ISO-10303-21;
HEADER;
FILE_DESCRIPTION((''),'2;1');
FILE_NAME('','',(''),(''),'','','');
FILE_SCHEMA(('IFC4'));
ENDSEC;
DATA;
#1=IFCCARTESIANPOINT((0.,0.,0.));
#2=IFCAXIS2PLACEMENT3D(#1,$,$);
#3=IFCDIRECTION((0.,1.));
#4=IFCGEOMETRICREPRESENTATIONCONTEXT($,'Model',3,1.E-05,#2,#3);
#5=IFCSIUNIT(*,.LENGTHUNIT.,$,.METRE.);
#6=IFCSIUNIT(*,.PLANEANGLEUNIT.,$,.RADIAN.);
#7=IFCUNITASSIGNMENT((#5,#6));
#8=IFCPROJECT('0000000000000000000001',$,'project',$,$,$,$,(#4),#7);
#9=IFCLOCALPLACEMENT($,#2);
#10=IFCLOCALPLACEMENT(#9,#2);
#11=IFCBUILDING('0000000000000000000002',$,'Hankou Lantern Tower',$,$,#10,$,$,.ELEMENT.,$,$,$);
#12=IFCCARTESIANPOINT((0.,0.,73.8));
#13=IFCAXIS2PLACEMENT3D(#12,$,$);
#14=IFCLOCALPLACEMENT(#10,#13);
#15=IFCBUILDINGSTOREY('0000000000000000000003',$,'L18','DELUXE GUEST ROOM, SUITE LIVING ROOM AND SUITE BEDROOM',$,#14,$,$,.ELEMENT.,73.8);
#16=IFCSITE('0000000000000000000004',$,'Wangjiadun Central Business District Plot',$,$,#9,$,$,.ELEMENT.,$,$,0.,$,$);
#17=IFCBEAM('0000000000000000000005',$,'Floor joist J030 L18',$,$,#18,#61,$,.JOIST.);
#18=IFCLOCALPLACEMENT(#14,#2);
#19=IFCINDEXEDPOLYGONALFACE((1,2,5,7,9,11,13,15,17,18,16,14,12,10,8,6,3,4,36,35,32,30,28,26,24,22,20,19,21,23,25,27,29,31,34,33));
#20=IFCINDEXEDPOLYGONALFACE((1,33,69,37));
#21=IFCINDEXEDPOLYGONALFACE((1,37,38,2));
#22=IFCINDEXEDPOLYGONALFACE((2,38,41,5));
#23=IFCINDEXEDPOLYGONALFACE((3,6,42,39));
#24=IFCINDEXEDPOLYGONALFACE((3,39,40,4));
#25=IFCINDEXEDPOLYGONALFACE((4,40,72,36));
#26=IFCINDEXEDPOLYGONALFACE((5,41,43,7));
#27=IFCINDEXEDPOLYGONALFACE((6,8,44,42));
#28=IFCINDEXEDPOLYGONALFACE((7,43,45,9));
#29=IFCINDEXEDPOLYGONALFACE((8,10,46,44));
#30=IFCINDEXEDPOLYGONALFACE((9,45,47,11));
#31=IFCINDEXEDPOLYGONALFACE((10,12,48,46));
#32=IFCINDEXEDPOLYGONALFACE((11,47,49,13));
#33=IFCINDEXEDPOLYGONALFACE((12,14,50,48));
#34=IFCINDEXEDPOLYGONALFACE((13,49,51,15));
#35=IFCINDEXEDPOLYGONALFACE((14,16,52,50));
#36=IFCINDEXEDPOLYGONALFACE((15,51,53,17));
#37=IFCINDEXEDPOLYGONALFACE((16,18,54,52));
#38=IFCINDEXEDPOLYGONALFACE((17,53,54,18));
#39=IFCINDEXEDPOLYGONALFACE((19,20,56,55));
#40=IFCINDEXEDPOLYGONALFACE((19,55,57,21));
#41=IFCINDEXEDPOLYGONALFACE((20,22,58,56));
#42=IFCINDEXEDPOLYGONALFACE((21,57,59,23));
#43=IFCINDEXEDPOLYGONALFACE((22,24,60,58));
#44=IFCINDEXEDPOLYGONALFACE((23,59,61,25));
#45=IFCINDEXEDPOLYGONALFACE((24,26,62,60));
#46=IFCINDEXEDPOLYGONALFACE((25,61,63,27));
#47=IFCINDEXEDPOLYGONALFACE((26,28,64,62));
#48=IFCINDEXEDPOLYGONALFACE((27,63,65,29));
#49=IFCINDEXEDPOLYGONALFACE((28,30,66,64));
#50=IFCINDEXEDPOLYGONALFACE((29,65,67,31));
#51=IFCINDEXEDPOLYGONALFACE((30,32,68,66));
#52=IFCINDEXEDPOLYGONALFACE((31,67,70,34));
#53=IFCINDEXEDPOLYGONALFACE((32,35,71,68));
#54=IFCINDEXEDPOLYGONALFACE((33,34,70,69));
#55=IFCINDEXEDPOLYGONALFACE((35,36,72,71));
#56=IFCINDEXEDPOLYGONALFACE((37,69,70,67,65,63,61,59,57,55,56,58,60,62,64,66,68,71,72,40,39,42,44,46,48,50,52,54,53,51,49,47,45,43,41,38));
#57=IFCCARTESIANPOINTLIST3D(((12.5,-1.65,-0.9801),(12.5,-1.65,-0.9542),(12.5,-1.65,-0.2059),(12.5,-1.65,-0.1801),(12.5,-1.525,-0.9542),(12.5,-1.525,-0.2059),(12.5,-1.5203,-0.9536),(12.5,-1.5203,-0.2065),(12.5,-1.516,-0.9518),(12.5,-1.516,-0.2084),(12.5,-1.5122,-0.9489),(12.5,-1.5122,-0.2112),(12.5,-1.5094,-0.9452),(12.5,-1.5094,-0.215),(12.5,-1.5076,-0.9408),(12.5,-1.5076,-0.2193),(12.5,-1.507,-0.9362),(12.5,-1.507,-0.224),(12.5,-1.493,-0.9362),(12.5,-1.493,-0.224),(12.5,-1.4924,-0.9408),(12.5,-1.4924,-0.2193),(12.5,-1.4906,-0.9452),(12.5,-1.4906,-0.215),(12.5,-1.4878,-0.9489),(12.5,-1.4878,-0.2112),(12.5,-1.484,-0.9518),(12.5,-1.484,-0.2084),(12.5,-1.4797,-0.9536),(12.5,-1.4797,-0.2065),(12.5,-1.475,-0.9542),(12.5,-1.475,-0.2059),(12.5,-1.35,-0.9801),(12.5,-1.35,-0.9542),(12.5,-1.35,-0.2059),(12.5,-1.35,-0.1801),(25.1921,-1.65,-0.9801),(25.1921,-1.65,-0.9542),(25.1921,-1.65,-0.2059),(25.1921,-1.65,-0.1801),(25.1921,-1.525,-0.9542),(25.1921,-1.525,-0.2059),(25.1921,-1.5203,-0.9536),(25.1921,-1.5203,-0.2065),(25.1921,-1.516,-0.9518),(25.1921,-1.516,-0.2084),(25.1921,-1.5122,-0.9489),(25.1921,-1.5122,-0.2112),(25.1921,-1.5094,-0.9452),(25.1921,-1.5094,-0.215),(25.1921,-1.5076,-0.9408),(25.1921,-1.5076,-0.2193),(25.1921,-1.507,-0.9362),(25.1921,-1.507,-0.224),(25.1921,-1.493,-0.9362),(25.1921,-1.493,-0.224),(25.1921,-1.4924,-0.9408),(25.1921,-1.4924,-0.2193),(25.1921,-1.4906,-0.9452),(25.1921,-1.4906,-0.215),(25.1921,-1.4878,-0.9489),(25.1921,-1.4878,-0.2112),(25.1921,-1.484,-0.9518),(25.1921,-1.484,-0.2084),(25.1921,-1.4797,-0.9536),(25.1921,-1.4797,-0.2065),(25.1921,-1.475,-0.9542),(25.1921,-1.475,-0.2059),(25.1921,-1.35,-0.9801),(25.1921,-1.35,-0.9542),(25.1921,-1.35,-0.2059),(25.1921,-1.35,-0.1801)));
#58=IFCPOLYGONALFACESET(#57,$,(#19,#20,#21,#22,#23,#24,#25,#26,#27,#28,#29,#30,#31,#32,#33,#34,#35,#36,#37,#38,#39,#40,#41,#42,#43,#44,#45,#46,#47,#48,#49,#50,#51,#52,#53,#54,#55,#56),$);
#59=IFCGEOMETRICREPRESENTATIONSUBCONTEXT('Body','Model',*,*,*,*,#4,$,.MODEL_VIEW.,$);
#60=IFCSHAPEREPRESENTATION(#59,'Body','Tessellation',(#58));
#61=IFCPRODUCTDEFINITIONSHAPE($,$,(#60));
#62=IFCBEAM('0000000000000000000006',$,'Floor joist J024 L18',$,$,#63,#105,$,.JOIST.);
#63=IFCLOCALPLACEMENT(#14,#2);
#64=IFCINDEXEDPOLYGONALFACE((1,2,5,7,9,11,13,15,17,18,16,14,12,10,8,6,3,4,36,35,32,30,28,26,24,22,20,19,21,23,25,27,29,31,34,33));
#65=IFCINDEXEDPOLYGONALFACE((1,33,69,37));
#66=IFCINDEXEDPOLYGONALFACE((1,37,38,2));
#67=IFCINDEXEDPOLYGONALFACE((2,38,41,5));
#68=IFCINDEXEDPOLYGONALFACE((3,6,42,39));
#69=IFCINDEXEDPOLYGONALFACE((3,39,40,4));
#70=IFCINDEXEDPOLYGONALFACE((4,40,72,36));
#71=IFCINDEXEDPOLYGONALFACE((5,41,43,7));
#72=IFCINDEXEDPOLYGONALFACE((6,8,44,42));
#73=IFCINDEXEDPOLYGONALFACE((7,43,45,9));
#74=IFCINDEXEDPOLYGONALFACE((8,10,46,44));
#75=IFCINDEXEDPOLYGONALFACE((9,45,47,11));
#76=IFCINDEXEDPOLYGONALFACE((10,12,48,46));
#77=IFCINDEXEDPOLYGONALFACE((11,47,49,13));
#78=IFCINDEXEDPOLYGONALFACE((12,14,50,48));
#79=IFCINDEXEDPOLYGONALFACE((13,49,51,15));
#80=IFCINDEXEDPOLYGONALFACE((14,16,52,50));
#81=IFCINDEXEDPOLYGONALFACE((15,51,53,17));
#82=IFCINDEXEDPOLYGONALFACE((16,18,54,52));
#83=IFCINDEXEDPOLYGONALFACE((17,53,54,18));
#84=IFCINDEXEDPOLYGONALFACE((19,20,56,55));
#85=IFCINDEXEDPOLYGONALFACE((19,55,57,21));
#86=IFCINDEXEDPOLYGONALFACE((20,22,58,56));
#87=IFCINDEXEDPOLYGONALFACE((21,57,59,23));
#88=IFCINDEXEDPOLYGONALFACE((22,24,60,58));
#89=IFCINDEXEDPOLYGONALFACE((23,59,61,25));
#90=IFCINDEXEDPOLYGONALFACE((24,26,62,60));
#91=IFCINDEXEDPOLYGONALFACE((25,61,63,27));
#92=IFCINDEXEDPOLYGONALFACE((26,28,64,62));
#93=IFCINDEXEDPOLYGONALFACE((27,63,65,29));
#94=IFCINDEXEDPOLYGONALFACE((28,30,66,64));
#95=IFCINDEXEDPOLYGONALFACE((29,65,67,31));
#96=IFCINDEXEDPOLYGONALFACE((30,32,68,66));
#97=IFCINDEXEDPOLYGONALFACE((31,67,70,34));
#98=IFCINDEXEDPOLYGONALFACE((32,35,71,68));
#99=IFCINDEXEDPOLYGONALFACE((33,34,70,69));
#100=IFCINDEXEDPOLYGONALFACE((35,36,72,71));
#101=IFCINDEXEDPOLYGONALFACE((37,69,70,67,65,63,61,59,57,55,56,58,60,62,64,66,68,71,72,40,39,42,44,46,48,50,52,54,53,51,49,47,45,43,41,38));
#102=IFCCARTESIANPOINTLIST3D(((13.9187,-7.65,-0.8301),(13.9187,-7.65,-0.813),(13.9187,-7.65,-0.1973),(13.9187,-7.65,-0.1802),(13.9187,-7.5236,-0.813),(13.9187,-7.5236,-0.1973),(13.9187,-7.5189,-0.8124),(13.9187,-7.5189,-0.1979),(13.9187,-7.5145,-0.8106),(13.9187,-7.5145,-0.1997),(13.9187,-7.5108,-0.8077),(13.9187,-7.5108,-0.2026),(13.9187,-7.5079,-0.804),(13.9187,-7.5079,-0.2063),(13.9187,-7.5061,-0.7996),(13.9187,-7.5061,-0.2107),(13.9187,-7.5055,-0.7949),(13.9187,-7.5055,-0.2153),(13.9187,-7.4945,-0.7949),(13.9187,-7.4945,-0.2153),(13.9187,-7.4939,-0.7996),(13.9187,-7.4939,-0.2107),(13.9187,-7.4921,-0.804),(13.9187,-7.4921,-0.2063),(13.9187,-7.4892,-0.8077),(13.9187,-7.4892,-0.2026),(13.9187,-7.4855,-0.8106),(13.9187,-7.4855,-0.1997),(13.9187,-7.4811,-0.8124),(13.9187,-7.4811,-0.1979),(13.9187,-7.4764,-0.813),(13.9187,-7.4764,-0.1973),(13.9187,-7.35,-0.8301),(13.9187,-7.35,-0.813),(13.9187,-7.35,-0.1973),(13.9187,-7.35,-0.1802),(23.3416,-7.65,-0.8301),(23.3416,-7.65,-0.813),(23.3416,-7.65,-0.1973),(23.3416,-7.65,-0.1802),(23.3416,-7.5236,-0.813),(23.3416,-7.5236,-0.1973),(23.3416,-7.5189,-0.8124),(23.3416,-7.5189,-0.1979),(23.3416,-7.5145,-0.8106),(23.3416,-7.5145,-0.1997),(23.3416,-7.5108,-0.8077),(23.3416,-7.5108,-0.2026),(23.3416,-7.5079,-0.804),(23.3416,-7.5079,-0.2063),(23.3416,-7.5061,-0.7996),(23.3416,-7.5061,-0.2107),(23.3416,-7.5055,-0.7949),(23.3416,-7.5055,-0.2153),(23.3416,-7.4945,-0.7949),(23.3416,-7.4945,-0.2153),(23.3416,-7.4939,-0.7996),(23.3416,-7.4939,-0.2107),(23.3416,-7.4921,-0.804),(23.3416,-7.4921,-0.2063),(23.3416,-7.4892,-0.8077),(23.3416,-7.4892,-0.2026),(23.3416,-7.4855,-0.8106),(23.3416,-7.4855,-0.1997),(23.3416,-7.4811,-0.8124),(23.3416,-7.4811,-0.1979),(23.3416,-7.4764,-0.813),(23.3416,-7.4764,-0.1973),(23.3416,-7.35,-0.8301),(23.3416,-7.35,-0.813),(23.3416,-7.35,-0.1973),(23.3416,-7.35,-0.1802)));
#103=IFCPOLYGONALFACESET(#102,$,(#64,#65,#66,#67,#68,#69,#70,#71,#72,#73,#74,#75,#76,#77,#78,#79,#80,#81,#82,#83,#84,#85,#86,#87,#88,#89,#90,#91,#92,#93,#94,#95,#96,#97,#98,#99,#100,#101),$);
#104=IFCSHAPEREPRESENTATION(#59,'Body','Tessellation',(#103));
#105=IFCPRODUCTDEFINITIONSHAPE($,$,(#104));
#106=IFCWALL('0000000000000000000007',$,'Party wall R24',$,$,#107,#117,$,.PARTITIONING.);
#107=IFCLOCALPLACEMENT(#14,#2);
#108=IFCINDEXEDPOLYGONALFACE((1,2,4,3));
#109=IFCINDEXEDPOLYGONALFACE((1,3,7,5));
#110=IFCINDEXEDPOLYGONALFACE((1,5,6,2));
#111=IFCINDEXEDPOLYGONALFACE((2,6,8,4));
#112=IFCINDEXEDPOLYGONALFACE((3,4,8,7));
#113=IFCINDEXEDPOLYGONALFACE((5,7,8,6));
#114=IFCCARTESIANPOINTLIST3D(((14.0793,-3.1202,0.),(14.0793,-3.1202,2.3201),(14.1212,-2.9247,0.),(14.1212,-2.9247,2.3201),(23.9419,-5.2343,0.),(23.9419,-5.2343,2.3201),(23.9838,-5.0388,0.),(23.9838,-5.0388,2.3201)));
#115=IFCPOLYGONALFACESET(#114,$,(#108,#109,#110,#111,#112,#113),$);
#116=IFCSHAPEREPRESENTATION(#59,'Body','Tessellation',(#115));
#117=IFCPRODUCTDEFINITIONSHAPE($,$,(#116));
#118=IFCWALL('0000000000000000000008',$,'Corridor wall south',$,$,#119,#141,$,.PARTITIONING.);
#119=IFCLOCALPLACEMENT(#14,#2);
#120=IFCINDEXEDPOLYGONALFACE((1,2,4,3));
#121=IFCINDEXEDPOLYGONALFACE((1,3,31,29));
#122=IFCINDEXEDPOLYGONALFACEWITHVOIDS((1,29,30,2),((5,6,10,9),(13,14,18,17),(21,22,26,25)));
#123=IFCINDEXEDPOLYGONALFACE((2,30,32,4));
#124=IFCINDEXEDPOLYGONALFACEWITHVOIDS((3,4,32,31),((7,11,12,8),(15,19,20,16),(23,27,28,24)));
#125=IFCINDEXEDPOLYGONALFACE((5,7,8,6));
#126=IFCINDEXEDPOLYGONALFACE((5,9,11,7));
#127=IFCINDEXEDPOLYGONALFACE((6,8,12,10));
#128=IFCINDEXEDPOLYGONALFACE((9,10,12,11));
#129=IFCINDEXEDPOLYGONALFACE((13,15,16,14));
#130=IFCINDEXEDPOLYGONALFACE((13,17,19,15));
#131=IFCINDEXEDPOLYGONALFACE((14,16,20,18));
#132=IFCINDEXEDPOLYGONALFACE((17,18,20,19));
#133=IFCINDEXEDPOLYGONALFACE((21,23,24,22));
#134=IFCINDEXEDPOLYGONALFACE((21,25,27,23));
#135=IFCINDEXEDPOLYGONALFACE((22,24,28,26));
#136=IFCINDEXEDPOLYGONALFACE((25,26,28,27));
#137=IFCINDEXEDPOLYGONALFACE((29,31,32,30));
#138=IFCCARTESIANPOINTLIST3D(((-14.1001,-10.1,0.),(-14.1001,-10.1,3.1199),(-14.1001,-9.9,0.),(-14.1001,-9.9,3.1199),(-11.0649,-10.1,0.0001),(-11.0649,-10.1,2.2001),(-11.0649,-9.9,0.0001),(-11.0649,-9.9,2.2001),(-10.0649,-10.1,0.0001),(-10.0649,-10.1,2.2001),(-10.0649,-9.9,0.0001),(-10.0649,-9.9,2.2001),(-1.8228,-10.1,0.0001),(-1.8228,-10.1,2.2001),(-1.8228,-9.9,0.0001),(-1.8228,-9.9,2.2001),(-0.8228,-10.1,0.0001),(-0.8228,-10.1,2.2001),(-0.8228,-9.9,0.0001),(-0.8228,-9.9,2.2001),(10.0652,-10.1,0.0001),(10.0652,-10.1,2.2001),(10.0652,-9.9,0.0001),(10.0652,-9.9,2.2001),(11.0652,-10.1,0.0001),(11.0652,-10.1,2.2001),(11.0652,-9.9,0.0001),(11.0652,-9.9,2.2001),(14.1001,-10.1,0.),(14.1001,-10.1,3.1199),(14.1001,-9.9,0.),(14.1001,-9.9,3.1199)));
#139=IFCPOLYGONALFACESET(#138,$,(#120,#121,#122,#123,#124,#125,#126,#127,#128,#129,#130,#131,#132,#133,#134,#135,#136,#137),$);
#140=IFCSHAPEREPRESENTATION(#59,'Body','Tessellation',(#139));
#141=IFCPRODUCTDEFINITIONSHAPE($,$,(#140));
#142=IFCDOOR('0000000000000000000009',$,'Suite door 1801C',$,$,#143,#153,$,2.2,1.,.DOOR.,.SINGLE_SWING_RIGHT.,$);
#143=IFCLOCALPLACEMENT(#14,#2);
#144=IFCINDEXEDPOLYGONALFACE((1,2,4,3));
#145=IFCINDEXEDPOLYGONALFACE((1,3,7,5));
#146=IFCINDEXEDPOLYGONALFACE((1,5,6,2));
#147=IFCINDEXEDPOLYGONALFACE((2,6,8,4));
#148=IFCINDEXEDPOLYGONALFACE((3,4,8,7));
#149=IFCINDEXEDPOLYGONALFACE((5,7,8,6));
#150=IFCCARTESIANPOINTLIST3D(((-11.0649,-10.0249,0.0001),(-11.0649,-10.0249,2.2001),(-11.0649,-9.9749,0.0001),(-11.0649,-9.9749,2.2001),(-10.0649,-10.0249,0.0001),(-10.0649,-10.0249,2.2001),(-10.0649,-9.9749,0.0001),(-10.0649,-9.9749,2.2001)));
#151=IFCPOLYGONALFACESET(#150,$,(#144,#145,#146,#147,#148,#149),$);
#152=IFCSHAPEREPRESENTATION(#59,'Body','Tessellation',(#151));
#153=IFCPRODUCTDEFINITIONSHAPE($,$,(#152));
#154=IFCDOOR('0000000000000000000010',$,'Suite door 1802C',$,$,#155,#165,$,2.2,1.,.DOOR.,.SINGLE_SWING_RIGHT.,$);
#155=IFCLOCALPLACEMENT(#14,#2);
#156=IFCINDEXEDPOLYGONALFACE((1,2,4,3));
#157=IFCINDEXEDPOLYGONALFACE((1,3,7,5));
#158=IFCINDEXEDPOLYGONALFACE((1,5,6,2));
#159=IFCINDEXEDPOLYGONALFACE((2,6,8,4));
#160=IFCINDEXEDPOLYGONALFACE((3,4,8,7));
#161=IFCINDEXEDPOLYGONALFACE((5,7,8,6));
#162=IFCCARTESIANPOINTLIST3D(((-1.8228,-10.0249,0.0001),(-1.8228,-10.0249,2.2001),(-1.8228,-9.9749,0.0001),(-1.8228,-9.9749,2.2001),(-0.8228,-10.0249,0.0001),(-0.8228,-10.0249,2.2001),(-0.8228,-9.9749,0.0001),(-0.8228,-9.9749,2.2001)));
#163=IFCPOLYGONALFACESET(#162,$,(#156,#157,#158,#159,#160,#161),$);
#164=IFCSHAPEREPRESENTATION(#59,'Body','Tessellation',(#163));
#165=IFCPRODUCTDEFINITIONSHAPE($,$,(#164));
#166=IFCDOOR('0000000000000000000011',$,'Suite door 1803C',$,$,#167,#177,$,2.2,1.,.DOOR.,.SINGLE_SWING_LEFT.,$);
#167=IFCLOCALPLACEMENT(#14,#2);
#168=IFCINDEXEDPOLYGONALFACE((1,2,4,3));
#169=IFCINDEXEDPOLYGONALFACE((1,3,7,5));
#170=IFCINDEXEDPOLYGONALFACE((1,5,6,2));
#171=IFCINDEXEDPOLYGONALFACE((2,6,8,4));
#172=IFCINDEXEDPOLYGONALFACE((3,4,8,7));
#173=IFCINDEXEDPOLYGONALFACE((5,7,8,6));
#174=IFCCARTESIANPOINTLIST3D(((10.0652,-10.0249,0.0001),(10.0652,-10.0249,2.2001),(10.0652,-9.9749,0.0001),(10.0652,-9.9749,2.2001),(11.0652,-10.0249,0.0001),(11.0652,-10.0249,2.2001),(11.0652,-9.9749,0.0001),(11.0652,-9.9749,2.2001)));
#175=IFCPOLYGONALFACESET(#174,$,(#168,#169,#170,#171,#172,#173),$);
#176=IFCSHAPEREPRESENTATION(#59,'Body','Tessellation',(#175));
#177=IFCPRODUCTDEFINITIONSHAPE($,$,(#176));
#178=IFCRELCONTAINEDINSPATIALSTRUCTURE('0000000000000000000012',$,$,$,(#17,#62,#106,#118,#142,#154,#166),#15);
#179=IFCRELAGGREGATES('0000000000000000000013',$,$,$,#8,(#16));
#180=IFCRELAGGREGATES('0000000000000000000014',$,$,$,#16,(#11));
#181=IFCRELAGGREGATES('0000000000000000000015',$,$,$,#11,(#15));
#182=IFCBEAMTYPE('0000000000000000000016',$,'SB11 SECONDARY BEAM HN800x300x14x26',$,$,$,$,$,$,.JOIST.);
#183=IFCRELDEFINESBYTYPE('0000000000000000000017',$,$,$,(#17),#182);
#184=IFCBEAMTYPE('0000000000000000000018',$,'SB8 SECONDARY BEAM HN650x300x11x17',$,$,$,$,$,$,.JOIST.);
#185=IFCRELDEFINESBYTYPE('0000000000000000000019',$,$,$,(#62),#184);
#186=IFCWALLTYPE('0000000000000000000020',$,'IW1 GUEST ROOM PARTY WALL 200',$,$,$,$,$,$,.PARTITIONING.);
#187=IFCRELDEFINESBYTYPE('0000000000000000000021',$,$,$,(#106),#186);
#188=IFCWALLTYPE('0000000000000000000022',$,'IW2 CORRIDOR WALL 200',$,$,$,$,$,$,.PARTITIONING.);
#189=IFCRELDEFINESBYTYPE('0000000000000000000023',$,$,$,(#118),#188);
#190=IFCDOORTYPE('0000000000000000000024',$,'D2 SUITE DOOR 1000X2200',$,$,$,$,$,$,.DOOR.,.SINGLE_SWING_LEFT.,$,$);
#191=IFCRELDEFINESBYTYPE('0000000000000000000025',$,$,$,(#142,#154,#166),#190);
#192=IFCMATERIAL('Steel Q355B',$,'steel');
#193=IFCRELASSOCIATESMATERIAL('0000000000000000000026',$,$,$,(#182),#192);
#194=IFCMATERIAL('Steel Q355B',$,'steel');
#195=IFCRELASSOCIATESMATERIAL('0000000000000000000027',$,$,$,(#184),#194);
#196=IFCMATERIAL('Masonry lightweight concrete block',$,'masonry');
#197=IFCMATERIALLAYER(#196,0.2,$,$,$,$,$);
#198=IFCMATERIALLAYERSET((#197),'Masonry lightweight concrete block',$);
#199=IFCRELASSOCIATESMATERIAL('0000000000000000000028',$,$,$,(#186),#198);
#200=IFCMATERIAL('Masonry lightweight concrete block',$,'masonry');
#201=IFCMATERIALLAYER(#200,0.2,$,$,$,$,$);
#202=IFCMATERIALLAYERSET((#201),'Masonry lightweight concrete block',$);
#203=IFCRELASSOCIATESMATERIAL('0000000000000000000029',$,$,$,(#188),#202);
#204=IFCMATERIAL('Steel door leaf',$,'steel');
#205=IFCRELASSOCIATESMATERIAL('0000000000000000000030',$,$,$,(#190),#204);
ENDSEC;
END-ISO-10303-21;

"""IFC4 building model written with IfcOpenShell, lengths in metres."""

from ifc_helpers import new_model, si_unit, direction, frame, frame_2d, origin, origin_2d, place, context, subcontext, project, spatial, rectangle, i_section, extrude, material, layer, layer_set, material_profile, profile_set, type_object, element, fill, save


model = new_model("IFC4")

# Units and contexts
model_context = context("Model", 3, precision=1e-05, world=origin(), true_north=direction((0.0, 1.0)))
body_context = subcontext(model_context, "Body", "Model", "MODEL_VIEW")
ifc_project = project(units=[si_unit("LENGTHUNIT", "METRE"), si_unit("PLANEANGLEUNIT", "RADIAN")], contexts=[model_context])

# Site, building, storey
site_placement = place(None, origin())
site = spatial("IfcSite", under=ifc_project, at=site_placement, Name="Wangjiadun Central Business District Plot", CompositionType="ELEMENT", RefElevation=0.0)
building_placement = place(site_placement, origin())
building = spatial("IfcBuilding", under=site, at=building_placement, Name="Hankou Lantern Tower", CompositionType="ELEMENT")
storey_placement = place(building_placement, frame((0.0, 0.0, 73.8)))
storey = spatial("IfcBuildingStorey", under=building, at=storey_placement, Name="L18", Description="DELUXE GUEST ROOM, SUITE LIVING ROOM AND SUITE BEDROOM", CompositionType="ELEMENT", Elevation=73.8)

# Beams
ifc_material_1 = material(Name="Steel Q355B", Category="steel")
ifc_material_profile_1 = material_profile(ifc_material_1, i_section(OverallWidth=0.3, OverallDepth=0.8, WebThickness=0.0139, FlangeThickness=0.0259, FilletRadius=0.0181, at=origin_2d()), Name="HN800x300x14x26")
ifc_profile_set_1 = profile_set([ifc_material_profile_1], Name="Steel Q355B")
beam_type_1 = type_object("IfcBeamType", Name="SB11 SECONDARY BEAM HN800x300x14x26", PredefinedType="JOIST", material=ifc_profile_set_1)
beam_1_placement = place(storey_placement, frame((12.5, -1.5, -0.5801), z_axis=(1.0, 0.0, 0.0), x_axis=(0.0, 1.0, 0.0)))
element("IfcBeam", 1, at=beam_1_placement, inside=storey, type_object=beam_type_1, Name="Floor joist J030 L18", PredefinedType="JOIST", context=body_context, shape_type="SweptSolid", body=[
    extrude(i_section(OverallWidth=0.3, OverallDepth=0.8, WebThickness=0.0139, FlangeThickness=0.0259, FilletRadius=0.0181, at=origin_2d()), origin(), (0.0, 0.0, 1.0), 12.6921),
])
ifc_material_2 = material(Name="Steel Q355B", Category="steel")
ifc_material_profile_2 = material_profile(ifc_material_2, i_section(OverallWidth=0.3, OverallDepth=0.6499, WebThickness=0.011, FlangeThickness=0.0171, FilletRadius=0.0181, at=origin_2d()), Name="HN650x300x11x17")
ifc_profile_set_2 = profile_set([ifc_material_profile_2], Name="Steel Q355B")
beam_type_2 = type_object("IfcBeamType", Name="SB8 SECONDARY BEAM HN650x300x11x17", PredefinedType="JOIST", material=ifc_profile_set_2)
beam_2_placement = place(storey_placement, frame((13.9187, -7.5, -0.5051), z_axis=(1.0, 0.0, 0.0), x_axis=(0.0, 1.0, 0.0)))
element("IfcBeam", 2, at=beam_2_placement, inside=storey, type_object=beam_type_2, Name="Floor joist J024 L18", PredefinedType="JOIST", context=body_context, shape_type="SweptSolid", body=[
    extrude(i_section(OverallWidth=0.3, OverallDepth=0.6499, WebThickness=0.011, FlangeThickness=0.0171, FilletRadius=0.0181, at=origin_2d()), origin(), (0.0, 0.0, 1.0), 9.4229),
])

# Wall
ifc_material_3 = material(Name="Masonry lightweight concrete block", Category="masonry")
ifc_layer_1 = layer(ifc_material_3, 0.2)
ifc_layer_set_1 = layer_set([ifc_layer_1], Name="Masonry lightweight concrete block")
wall_type_1 = type_object("IfcWallType", Name="IW1 GUEST ROOM PARTY WALL 200", PredefinedType="PARTITIONING", material=ifc_layer_set_1)
wall_1_placement = place(storey_placement, frame((14.1001, -3.0225, 0.0), z_axis=(0.0, 0.0, 1.0), x_axis=(0.97779, -0.209587, 0.0)))
element("IfcWall", 3, at=wall_1_placement, inside=storey, type_object=wall_type_1, Name="Party wall R24", PredefinedType="PARTITIONING", context=body_context, shape_type="SweptSolid", body=[
    extrude(rectangle(XDim=10.0867, YDim=0.2, at=frame_2d((5.0435, 0.0))), origin(), (0.0, 0.0, 1.0), 2.3201),
])

# Wall, openings, doors
ifc_material_4 = material(Name="Masonry lightweight concrete block", Category="masonry")
ifc_layer_2 = layer(ifc_material_4, 0.2)
ifc_layer_set_2 = layer_set([ifc_layer_2], Name="Masonry lightweight concrete block")
wall_type_2 = type_object("IfcWallType", Name="IW2 CORRIDOR WALL 200", PredefinedType="PARTITIONING", material=ifc_layer_set_2)
wall_2_placement = place(storey_placement, frame((14.1001, -10.0, 0.0), z_axis=(0.0, 0.0, 1.0), x_axis=(-1.0, 0.0, 0.0)))
wall_2 = element("IfcWall", 4, at=wall_2_placement, inside=storey, type_object=wall_type_2, Name="Corridor wall south", PredefinedType="PARTITIONING", context=body_context, shape_type="SweptSolid", body=[
    extrude(rectangle(XDim=28.2002, YDim=0.2, at=frame_2d((14.1001, 0.0))), origin(), (0.0, 0.0, 1.0), 3.1199),
])
opening_1_placement = place(wall_2_placement, frame((24.165, 0.0, 0.0)))
opening_1 = element("IfcOpeningElement", 5, at=opening_1_placement, cuts=wall_2, PredefinedType="OPENING", context=body_context, shape_type="SweptSolid", body=[
    extrude(rectangle(XDim=1.0, YDim=2.2, at=frame_2d((0.5, 1.1001))), frame((0.0, 0.1099, 0.0), z_axis=(0.0, -1.0, 0.0), x_axis=(1.0, 0.0, 0.0)), (0.0, 0.0, 1.0), 0.22),
])
opening_2_placement = place(wall_2_placement, frame((14.9229, 0.0, 0.0)))
opening_2 = element("IfcOpeningElement", 6, at=opening_2_placement, cuts=wall_2, PredefinedType="OPENING", context=body_context, shape_type="SweptSolid", body=[
    extrude(rectangle(XDim=1.0, YDim=2.2, at=frame_2d((0.5, 1.1001))), frame((0.0, 0.1099, 0.0), z_axis=(0.0, -1.0, 0.0), x_axis=(1.0, 0.0, 0.0)), (0.0, 0.0, 1.0), 0.22),
])
opening_3_placement = place(wall_2_placement, frame((3.0349, 0.0, 0.0)))
opening_3 = element("IfcOpeningElement", 7, at=opening_3_placement, cuts=wall_2, PredefinedType="OPENING", context=body_context, shape_type="SweptSolid", body=[
    extrude(rectangle(XDim=1.0, YDim=2.2, at=frame_2d((0.5, 1.1001))), frame((0.0, 0.1099, 0.0), z_axis=(0.0, -1.0, 0.0), x_axis=(1.0, 0.0, 0.0)), (0.0, 0.0, 1.0), 0.22),
])
ifc_material_5 = material(Name="Steel door leaf", Category="steel")
door_type_1 = type_object("IfcDoorType", Name="D2 SUITE DOOR 1000X2200", OperationType="SINGLE_SWING_LEFT", PredefinedType="DOOR", material=ifc_material_5)
door_1_placement = place(opening_1_placement, origin())
door_1 = element("IfcDoor", 8, at=door_1_placement, inside=storey, type_object=door_type_1, Name="Suite door 1801C", OperationType="SINGLE_SWING_RIGHT", OverallHeight=2.2, OverallWidth=1.0, PredefinedType="DOOR", context=body_context, shape_type="SweptSolid", body=[
    extrude(rectangle(XDim=1.0, YDim=2.2, at=frame_2d((0.5, 1.1001))), frame((0.0, 0.0249, 0.0), z_axis=(0.0, -1.0, 0.0), x_axis=(1.0, 0.0, 0.0)), (0.0, 0.0, 1.0), 0.05),
])
fill(opening_1, door_1)
door_2_placement = place(opening_2_placement, origin())
door_2 = element("IfcDoor", 9, at=door_2_placement, inside=storey, type_object=door_type_1, Name="Suite door 1802C", OperationType="SINGLE_SWING_RIGHT", OverallHeight=2.2, OverallWidth=1.0, PredefinedType="DOOR", context=body_context, shape_type="SweptSolid", body=[
    extrude(rectangle(XDim=1.0, YDim=2.2, at=frame_2d((0.5, 1.1001))), frame((0.0, 0.0249, 0.0), z_axis=(0.0, -1.0, 0.0), x_axis=(1.0, 0.0, 0.0)), (0.0, 0.0, 1.0), 0.05),
])
fill(opening_2, door_2)
door_3_placement = place(opening_3_placement, origin())
door_3 = element("IfcDoor", 10, at=door_3_placement, inside=storey, type_object=door_type_1, Name="Suite door 1803C", OperationType="SINGLE_SWING_LEFT", OverallHeight=2.2, OverallWidth=1.0, PredefinedType="DOOR", context=body_context, shape_type="SweptSolid", body=[
    extrude(rectangle(XDim=1.0, YDim=2.2, at=frame_2d((0.5, 1.1001))), frame((0.0, 0.0249, 0.0), z_axis=(0.0, -1.0, 0.0), x_axis=(1.0, 0.0, 0.0)), (0.0, 0.0, 1.0), 0.05),
])
fill(opening_3, door_3)

save(model, "model.ifc")
